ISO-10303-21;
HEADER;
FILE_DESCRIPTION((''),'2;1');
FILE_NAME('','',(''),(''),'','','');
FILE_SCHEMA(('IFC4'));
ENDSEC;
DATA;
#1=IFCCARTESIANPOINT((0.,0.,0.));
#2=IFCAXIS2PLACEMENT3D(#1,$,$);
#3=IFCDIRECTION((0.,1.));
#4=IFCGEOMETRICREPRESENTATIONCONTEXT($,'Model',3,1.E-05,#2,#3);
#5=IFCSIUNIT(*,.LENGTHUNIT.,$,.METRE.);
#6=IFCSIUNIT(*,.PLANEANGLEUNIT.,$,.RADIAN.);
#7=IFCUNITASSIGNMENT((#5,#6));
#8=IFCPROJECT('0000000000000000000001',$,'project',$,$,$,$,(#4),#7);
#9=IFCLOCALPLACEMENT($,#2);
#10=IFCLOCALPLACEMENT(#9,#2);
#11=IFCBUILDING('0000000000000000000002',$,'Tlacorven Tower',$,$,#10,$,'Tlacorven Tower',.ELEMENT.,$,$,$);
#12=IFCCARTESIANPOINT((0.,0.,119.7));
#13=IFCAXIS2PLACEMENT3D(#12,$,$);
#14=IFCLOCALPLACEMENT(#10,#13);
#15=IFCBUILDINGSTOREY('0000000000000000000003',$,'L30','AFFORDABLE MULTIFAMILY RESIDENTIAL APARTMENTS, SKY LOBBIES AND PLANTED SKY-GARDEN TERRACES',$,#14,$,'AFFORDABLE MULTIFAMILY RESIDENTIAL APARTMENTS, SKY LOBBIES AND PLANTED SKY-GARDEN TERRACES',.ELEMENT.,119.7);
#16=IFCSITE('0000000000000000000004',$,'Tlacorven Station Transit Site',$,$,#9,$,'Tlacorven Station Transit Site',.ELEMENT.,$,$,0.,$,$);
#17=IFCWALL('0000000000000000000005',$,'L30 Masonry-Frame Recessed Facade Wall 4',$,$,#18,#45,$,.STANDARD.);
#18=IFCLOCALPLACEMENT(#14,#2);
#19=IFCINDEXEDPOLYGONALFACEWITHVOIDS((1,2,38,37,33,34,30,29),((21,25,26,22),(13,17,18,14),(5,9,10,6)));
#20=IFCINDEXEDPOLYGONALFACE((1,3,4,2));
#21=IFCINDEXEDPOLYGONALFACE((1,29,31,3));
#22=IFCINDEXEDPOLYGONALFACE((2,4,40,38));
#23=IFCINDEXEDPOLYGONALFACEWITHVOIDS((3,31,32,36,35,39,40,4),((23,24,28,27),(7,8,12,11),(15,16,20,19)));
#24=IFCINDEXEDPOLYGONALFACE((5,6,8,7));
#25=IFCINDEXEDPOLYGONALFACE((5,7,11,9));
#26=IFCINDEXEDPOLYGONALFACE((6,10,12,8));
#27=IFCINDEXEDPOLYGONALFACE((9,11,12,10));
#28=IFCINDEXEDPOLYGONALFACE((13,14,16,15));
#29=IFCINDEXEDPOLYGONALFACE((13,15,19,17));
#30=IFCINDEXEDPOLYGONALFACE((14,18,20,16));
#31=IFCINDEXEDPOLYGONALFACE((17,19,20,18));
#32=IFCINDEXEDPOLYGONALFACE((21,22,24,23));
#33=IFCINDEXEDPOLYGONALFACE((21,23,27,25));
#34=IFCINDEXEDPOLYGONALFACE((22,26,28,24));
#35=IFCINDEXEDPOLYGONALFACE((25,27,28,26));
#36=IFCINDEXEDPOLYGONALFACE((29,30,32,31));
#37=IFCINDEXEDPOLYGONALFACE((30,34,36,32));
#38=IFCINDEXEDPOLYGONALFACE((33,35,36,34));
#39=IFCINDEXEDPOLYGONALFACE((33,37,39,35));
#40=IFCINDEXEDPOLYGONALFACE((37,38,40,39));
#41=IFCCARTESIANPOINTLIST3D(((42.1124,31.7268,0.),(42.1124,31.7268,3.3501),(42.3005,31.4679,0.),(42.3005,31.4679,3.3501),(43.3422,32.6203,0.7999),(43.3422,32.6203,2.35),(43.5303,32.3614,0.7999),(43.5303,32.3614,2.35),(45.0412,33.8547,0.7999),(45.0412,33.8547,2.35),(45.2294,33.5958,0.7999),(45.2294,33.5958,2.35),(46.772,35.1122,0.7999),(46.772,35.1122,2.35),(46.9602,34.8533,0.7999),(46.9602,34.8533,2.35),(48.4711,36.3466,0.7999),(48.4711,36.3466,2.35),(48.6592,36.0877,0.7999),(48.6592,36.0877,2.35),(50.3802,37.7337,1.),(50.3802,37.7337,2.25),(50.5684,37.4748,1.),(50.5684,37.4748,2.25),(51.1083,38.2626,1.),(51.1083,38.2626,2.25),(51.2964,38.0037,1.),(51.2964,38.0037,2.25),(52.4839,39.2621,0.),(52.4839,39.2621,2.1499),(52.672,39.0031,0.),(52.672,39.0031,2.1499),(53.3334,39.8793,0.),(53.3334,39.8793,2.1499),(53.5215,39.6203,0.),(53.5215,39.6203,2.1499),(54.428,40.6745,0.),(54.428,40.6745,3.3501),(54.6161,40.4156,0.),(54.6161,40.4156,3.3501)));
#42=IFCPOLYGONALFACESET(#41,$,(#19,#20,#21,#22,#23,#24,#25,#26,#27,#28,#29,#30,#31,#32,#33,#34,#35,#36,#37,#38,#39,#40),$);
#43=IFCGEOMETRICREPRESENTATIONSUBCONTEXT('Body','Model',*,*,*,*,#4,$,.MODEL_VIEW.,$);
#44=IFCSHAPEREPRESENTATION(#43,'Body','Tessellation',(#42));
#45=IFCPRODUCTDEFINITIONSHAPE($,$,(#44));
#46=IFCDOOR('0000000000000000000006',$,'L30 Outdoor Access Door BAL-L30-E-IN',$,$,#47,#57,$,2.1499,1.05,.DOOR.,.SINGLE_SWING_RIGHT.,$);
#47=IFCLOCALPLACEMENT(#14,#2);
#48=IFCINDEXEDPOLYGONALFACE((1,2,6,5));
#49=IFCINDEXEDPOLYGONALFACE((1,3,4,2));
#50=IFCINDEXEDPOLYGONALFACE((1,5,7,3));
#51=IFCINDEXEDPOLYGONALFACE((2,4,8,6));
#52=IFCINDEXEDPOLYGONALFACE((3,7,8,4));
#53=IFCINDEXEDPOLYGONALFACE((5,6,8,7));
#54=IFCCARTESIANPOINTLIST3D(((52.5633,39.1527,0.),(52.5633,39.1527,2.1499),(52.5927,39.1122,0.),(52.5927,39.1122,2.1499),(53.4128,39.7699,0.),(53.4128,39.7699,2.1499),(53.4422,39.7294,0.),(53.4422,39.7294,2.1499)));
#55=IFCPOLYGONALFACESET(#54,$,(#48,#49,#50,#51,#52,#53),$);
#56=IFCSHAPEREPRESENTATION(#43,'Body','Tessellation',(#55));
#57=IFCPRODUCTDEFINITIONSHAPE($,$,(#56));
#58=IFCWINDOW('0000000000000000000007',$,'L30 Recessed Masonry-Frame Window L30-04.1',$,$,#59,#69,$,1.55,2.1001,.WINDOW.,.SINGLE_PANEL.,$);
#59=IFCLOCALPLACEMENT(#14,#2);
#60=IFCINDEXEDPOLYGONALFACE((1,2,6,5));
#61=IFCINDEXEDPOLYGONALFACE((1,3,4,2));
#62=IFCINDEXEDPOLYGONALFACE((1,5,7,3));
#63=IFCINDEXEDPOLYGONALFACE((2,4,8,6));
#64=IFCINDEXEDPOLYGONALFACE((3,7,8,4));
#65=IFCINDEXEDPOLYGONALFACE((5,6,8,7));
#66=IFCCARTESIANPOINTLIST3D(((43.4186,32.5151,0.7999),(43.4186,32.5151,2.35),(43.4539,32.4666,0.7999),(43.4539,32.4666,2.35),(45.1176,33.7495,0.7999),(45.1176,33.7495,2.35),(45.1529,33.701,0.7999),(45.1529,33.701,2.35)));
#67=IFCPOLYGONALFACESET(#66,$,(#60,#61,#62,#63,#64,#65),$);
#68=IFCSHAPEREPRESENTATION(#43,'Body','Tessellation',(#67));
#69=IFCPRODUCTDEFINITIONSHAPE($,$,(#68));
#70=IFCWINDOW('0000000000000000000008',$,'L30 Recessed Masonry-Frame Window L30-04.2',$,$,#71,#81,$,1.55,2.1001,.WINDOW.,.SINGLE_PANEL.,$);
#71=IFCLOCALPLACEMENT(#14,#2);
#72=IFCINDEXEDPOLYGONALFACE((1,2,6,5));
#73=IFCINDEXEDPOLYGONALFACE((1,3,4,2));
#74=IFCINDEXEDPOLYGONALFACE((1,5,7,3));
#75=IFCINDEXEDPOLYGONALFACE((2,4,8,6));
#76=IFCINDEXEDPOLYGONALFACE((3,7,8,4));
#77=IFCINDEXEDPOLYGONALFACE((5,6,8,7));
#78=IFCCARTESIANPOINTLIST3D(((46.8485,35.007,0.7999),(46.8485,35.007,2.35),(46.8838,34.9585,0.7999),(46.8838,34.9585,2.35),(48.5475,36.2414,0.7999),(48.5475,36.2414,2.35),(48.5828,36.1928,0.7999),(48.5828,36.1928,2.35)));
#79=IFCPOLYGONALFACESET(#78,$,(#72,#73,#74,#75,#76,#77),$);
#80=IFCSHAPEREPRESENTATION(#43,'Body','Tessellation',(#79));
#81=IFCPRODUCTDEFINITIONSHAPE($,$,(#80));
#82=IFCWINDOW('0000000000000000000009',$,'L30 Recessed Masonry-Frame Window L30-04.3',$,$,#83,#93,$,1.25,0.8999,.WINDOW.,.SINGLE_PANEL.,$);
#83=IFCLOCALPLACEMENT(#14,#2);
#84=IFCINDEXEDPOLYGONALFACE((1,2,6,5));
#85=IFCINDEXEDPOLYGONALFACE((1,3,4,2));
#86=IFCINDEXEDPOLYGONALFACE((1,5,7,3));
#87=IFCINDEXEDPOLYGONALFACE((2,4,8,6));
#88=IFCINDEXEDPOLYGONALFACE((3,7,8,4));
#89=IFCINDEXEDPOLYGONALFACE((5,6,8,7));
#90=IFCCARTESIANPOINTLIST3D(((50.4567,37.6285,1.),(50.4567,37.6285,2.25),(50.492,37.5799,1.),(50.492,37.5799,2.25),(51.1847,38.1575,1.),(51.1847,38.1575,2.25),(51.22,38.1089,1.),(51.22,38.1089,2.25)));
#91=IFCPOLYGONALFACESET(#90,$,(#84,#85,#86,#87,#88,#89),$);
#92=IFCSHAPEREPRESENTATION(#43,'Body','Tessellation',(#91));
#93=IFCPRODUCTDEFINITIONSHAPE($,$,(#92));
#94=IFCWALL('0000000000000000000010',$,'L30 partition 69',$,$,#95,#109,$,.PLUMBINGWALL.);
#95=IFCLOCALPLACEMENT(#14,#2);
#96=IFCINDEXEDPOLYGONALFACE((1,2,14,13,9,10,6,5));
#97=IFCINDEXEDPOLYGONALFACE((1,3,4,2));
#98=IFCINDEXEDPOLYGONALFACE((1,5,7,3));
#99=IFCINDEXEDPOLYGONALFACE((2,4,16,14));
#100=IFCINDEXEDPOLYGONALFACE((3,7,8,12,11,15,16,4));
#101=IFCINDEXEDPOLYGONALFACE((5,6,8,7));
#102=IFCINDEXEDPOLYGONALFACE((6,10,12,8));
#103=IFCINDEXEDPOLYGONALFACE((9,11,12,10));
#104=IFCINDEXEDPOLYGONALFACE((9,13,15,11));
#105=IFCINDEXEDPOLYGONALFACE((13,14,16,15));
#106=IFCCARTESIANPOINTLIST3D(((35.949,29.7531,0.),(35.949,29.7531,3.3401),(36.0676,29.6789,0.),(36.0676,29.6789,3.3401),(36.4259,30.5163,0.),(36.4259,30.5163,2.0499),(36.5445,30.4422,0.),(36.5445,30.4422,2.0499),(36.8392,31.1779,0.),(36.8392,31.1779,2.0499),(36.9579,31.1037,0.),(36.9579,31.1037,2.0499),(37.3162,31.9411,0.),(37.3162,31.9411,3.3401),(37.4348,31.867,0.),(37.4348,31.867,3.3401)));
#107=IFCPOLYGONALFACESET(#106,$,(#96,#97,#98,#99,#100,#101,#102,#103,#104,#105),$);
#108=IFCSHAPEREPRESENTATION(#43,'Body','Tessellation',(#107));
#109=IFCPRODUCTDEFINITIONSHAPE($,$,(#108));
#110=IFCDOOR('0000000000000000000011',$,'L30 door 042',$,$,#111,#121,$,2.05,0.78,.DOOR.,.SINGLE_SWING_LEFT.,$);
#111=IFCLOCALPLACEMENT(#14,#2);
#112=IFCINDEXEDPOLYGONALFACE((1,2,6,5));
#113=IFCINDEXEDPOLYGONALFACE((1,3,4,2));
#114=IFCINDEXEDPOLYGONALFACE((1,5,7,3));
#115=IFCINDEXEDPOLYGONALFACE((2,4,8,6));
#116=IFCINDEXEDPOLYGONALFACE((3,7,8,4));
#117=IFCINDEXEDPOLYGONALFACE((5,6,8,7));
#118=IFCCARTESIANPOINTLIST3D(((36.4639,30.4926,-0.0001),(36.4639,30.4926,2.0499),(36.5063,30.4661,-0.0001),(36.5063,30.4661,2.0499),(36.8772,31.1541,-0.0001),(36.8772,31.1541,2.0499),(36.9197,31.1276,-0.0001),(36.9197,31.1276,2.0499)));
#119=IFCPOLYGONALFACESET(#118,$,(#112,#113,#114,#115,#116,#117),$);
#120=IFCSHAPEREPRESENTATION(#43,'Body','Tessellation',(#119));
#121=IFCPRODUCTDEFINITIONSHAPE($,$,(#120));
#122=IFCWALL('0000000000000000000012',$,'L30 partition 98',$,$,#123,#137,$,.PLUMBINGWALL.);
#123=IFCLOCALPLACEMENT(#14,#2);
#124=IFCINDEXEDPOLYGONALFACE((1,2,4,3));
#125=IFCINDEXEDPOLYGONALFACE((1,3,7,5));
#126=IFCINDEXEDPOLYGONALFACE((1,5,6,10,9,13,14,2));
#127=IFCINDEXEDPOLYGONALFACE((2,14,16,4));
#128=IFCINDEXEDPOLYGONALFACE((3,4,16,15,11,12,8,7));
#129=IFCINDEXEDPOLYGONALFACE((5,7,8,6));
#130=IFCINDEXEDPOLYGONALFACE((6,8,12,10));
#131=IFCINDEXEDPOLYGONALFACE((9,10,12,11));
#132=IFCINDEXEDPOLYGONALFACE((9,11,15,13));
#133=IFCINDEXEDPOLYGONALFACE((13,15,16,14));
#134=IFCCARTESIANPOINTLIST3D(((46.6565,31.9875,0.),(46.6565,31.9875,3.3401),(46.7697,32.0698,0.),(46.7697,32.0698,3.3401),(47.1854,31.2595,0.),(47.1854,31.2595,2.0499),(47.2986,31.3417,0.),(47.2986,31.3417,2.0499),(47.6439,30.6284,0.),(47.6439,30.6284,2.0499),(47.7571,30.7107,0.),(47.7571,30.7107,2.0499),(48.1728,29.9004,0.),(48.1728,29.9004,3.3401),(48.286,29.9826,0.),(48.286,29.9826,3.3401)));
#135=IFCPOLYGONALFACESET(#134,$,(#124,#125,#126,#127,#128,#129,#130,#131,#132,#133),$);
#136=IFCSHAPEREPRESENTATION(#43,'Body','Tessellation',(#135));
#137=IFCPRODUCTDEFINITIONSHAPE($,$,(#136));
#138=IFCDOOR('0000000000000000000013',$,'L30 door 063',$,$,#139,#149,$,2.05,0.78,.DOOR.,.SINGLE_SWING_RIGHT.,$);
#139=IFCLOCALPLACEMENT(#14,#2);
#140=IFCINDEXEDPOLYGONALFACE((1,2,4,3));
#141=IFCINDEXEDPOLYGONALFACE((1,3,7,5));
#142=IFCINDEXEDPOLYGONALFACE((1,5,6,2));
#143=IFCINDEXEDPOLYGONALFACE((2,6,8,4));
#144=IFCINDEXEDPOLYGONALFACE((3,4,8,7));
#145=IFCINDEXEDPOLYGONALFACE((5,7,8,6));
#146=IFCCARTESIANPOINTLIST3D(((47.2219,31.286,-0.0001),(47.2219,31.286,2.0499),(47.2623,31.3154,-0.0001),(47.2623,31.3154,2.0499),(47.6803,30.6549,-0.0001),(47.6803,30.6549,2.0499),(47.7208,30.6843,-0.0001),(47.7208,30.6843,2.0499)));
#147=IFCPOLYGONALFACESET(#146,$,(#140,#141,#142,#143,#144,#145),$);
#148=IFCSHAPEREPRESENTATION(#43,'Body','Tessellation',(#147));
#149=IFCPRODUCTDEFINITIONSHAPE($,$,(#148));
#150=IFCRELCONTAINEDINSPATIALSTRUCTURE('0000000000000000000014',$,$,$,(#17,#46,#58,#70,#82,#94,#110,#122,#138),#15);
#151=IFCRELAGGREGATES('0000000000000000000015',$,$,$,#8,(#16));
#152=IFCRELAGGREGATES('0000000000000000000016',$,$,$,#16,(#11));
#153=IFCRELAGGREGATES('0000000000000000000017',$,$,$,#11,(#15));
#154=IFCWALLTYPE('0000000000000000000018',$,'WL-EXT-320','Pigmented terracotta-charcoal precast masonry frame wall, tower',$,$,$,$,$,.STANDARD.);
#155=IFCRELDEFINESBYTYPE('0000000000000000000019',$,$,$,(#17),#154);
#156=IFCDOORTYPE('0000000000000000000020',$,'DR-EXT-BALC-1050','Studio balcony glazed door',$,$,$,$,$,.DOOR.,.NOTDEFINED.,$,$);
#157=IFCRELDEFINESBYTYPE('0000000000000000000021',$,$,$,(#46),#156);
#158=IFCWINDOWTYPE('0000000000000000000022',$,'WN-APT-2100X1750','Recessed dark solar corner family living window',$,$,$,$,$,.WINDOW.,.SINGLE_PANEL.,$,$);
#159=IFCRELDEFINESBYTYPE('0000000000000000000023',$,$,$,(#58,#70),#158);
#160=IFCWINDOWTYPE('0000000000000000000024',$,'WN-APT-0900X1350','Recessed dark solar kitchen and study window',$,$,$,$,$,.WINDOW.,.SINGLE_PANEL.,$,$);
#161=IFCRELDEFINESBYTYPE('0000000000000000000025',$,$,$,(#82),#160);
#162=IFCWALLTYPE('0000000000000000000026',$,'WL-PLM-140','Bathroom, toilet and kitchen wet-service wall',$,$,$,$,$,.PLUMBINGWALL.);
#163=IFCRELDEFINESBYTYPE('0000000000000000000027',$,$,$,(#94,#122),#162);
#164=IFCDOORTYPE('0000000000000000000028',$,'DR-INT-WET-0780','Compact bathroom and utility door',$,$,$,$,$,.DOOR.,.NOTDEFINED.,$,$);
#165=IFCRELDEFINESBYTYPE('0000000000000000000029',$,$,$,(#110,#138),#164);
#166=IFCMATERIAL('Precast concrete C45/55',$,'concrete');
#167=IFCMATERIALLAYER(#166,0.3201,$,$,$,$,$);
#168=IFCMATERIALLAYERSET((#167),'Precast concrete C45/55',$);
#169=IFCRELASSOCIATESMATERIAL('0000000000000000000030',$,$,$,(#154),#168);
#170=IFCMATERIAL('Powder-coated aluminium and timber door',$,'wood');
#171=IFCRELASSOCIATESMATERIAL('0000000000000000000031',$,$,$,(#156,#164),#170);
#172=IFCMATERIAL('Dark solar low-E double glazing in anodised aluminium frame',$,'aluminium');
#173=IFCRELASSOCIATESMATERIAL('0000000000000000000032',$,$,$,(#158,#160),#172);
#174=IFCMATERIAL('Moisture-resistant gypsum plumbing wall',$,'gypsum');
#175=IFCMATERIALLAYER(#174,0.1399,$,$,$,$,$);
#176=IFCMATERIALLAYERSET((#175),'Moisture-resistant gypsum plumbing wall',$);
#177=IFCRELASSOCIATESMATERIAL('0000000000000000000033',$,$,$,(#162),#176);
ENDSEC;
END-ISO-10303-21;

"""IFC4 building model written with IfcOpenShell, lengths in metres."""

from ifc_helpers import new_model, si_unit, direction, frame, frame_2d, origin, place, context, subcontext, project, spatial, rectangle, extrude, source, transform, mapped, material, layer, layer_set, type_object, element, fill, save


model = new_model("IFC4")

# Units and contexts
model_context = context("Model", 3, precision=1e-05, world=origin(), true_north=direction((0.0, 1.0)))
body_context = subcontext(model_context, "Body", "Model", "MODEL_VIEW")
ifc_project = project(units=[si_unit("LENGTHUNIT", "METRE"), si_unit("PLANEANGLEUNIT", "RADIAN")], contexts=[model_context])

# Site, building, storey
site_placement = place(None, origin())
site = spatial("IfcSite", under=ifc_project, at=site_placement, Name="Tlacorven Station Transit Site", LongName="Tlacorven Station Transit Site", CompositionType="ELEMENT", RefElevation=0.0)
building_placement = place(site_placement, origin())
building = spatial("IfcBuilding", under=site, at=building_placement, Name="Tlacorven Tower", LongName="Tlacorven Tower", CompositionType="ELEMENT")
storey_placement = place(building_placement, frame((0.0, 0.0, 119.7)))
storey = spatial("IfcBuildingStorey", under=building, at=storey_placement, Name="L30", Description="AFFORDABLE MULTIFAMILY RESIDENTIAL APARTMENTS, SKY LOBBIES AND PLANTED SKY-GARDEN TERRACES", LongName="AFFORDABLE MULTIFAMILY RESIDENTIAL APARTMENTS, SKY LOBBIES AND PLANTED SKY-GARDEN TERRACES", CompositionType="ELEMENT", Elevation=119.7)

# Wall, openings, door, windows
ifc_material_1 = material(Name="Precast concrete C45/55", Category="concrete")
ifc_layer_1 = layer(ifc_material_1, 0.3201)
ifc_layer_set_1 = layer_set([ifc_layer_1], Name="Precast concrete C45/55")
wall_type_1 = type_object("IfcWallType", Name="WL-EXT-320", Description="Pigmented terracotta-charcoal precast masonry frame wall, tower", PredefinedType="STANDARD", material=ifc_layer_set_1)
wall_1_placement = place(storey_placement, frame((42.2065, 31.5974, 0.0), z_axis=(0.0, 0.0, 1.0), x_axis=(0.80902, 0.587781, 0.0)))
wall_1 = element("IfcWall", 1, at=wall_1_placement, inside=storey, type_object=wall_type_1, Name="L30 Masonry-Frame Recessed Facade Wall 4", PredefinedType="STANDARD", context=body_context, shape_type="SweptSolid", body=[
    extrude(rectangle(XDim=15.2229, YDim=0.3201, at=frame_2d((7.6113, 0.0))), origin(), (0.0, 0.0, 1.0), 3.3501),
])
opening_1_placement = place(wall_1_placement, frame((12.8198, 0.0, 0.0)))
opening_1 = element("IfcOpeningElement", 2, at=opening_1_placement, cuts=wall_1, PredefinedType="OPENING", context=body_context, shape_type="SweptSolid", body=[
    extrude(rectangle(XDim=1.05, YDim=2.1499, at=frame_2d((0.5249, 1.075))), frame((0.0, 0.1699, 0.0), z_axis=(0.0, -1.0, 0.0), x_axis=(1.0, 0.0, 0.0)), (0.0, 0.0, 1.0), 0.3401),
])
opening_2_placement = place(wall_1_placement, frame((1.52, 0.0, 0.8)))
opening_2 = element("IfcOpeningElement", 3, at=opening_2_placement, cuts=wall_1, PredefinedType="OPENING", context=body_context, shape_type="SweptSolid", body=[
    extrude(rectangle(XDim=2.1001, YDim=1.55, at=frame_2d((1.05, 0.7749))), frame((0.0, 0.1699, 0.0), z_axis=(0.0, -1.0, 0.0), x_axis=(1.0, 0.0, 0.0)), (0.0, 0.0, 1.0), 0.3401),
])
opening_3_placement = place(wall_1_placement, frame((5.7595, 0.0, 0.8)))
opening_3 = element("IfcOpeningElement", 4, at=opening_3_placement, cuts=wall_1, PredefinedType="OPENING", context=body_context, shape_type="SweptSolid", body=[
    extrude(rectangle(XDim=2.1001, YDim=1.55, at=frame_2d((1.05, 0.7749))), frame((0.0, 0.1699, 0.0), z_axis=(0.0, -1.0, 0.0), x_axis=(1.0, 0.0, 0.0)), (0.0, 0.0, 1.0), 0.3401),
])
opening_4_placement = place(wall_1_placement, frame((10.2195, 0.0, 1.0)))
opening_4 = element("IfcOpeningElement", 5, at=opening_4_placement, cuts=wall_1, PredefinedType="OPENING", context=body_context, shape_type="SweptSolid", body=[
    extrude(rectangle(XDim=0.8999, YDim=1.25, at=frame_2d((0.45, 0.625))), frame((0.0, 0.1699, 0.0), z_axis=(0.0, -1.0, 0.0), x_axis=(1.0, 0.0, 0.0)), (0.0, 0.0, 1.0), 0.3401),
])
ifc_material_2 = material(Name="Powder-coated aluminium and timber door", Category="wood")
door_type_1 = type_object("IfcDoorType", Name="DR-EXT-BALC-1050", Description="Studio balcony glazed door", OperationType="NOTDEFINED", PredefinedType="DOOR", material=ifc_material_2)
shared_shape_1 = source(origin(), body_context, "Body", "SweptSolid", [
    extrude(rectangle(XDim=1.05, YDim=2.1499, at=frame_2d((0.5249, 1.075))), frame((0.0, 0.0249, 0.0), z_axis=(0.0, -1.0, 0.0), x_axis=(1.0, 0.0, 0.0)), (0.0, 0.0, 1.0), 0.05),
])
door_1_placement = place(opening_1_placement, origin())
door_1 = element("IfcDoor", 6, at=door_1_placement, inside=storey, type_object=door_type_1, Name="L30 Outdoor Access Door BAL-L30-E-IN", OperationType="SINGLE_SWING_RIGHT", OverallHeight=2.1499, OverallWidth=1.05, PredefinedType="DOOR", context=body_context, shape_type="MappedRepresentation", body=[
    mapped(shared_shape_1, transform((0.0, 0.0, 0.0), scale=1.0)),
])
fill(opening_1, door_1)
ifc_material_3 = material(Name="Dark solar low-E double glazing in anodised aluminium frame", Category="aluminium")
window_type_1 = type_object("IfcWindowType", Name="WN-APT-2100X1750", Description="Recessed dark solar corner family living window", PartitioningType="SINGLE_PANEL", PredefinedType="WINDOW", material=ifc_material_3)
shared_shape_2 = source(origin(), body_context, "Body", "SweptSolid", [
    extrude(rectangle(XDim=2.1001, YDim=1.55, at=frame_2d((1.05, 0.7749))), frame((0.0, 0.03, 0.0), z_axis=(0.0, -1.0, 0.0), x_axis=(1.0, 0.0, 0.0)), (0.0, 0.0, 1.0), 0.0601),
])
window_1_placement = place(opening_2_placement, origin())
window_1 = element("IfcWindow", 7, at=window_1_placement, inside=storey, type_object=window_type_1, Name="L30 Recessed Masonry-Frame Window L30-04.1", OverallHeight=1.55, OverallWidth=2.1001, PartitioningType="SINGLE_PANEL", PredefinedType="WINDOW", context=body_context, shape_type="MappedRepresentation", body=[
    mapped(shared_shape_2, transform((0.0, 0.0, 0.0), scale=1.0)),
])
fill(opening_2, window_1)
window_2_placement = place(opening_3_placement, origin())
window_2 = element("IfcWindow", 8, at=window_2_placement, inside=storey, type_object=window_type_1, Name="L30 Recessed Masonry-Frame Window L30-04.2", OverallHeight=1.55, OverallWidth=2.1001, PartitioningType="SINGLE_PANEL", PredefinedType="WINDOW", context=body_context, shape_type="MappedRepresentation", body=[
    mapped(shared_shape_2, transform((0.0, 0.0, 0.0), scale=1.0)),
])
fill(opening_3, window_2)
window_type_2 = type_object("IfcWindowType", Name="WN-APT-0900X1350", Description="Recessed dark solar kitchen and study window", PartitioningType="SINGLE_PANEL", PredefinedType="WINDOW", material=ifc_material_3)
shared_shape_3 = source(origin(), body_context, "Body", "SweptSolid", [
    extrude(rectangle(XDim=0.8999, YDim=1.25, at=frame_2d((0.45, 0.625))), frame((0.0, 0.03, 0.0), z_axis=(0.0, -1.0, 0.0), x_axis=(1.0, 0.0, 0.0)), (0.0, 0.0, 1.0), 0.0601),
])
window_3_placement = place(opening_4_placement, origin())
window_3 = element("IfcWindow", 9, at=window_3_placement, inside=storey, type_object=window_type_2, Name="L30 Recessed Masonry-Frame Window L30-04.3", OverallHeight=1.25, OverallWidth=0.8999, PartitioningType="SINGLE_PANEL", PredefinedType="WINDOW", context=body_context, shape_type="MappedRepresentation", body=[
    mapped(shared_shape_3, transform((0.0, 0.0, 0.0), scale=1.0)),
])
fill(opening_4, window_3)

# Walls, openings, doors
ifc_material_4 = material(Name="Moisture-resistant gypsum plumbing wall", Category="gypsum")
ifc_layer_2 = layer(ifc_material_4, 0.1399)
ifc_layer_set_2 = layer_set([ifc_layer_2], Name="Moisture-resistant gypsum plumbing wall")
wall_type_2 = type_object("IfcWallType", Name="WL-PLM-140", Description="Bathroom, toilet and kitchen wet-service wall", PredefinedType="PLUMBINGWALL", material=ifc_layer_set_2)
wall_2_placement = place(storey_placement, frame((37.3755, 31.9041, 0.0), z_axis=(0.0, 0.0, 1.0), x_axis=(-0.529914, -0.848051, 0.0)))
wall_2 = element("IfcWall", 10, at=wall_2_placement, inside=storey, type_object=wall_type_2, Name="L30 partition 69", PredefinedType="PLUMBINGWALL", context=body_context, shape_type="SweptSolid", body=[
    extrude(rectangle(XDim=2.5801, YDim=0.1399, at=frame_2d((1.29, 0.0))), origin(), (0.0, 0.0, 1.0), 3.3401),
])
opening_5_placement = place(wall_2_placement, frame((0.8999, 0.0, 0.0)))
opening_5 = element("IfcOpeningElement", 11, at=opening_5_placement, cuts=wall_2, PredefinedType="OPENING", context=body_context, shape_type="SweptSolid", body=[
    extrude(rectangle(XDim=0.78, YDim=2.05, at=frame_2d((0.3901, 1.0249))), frame((0.0, 0.0801, 0.0), z_axis=(0.0, -1.0, 0.0), x_axis=(1.0, 0.0, 0.0)), (0.0, 0.0, 1.0), 0.1599),
])
door_type_2 = type_object("IfcDoorType", Name="DR-INT-WET-0780", Description="Compact bathroom and utility door", OperationType="NOTDEFINED", PredefinedType="DOOR", material=ifc_material_2)
shared_shape_4 = source(origin(), body_context, "Body", "SweptSolid", [
    extrude(rectangle(XDim=0.78, YDim=2.05, at=frame_2d((0.3901, 1.0249))), frame((0.0, 0.0249, 0.0), z_axis=(0.0, -1.0, 0.0), x_axis=(1.0, 0.0, 0.0)), (0.0, 0.0, 1.0), 0.05),
])
door_2_placement = place(opening_5_placement, origin())
door_2 = element("IfcDoor", 12, at=door_2_placement, inside=storey, type_object=door_type_2, Name="L30 door 042", OperationType="SINGLE_SWING_LEFT", OverallHeight=2.05, OverallWidth=0.78, PredefinedType="DOOR", context=body_context, shape_type="MappedRepresentation", body=[
    mapped(shared_shape_4, transform((0.0, 0.0, 0.0), scale=1.0)),
])
fill(opening_5, door_2)
wall_3_placement = place(storey_placement, frame((48.2295, 29.9414, 0.0), z_axis=(0.0, 0.0, 1.0), x_axis=(-0.587772, 0.809027, 0.0)))
wall_3 = element("IfcWall", 13, at=wall_3_placement, inside=storey, type_object=wall_type_2, Name="L30 partition 98", PredefinedType="PLUMBINGWALL", context=body_context, shape_type="SweptSolid", body=[
    extrude(rectangle(XDim=2.5798, YDim=0.1399, at=frame_2d((1.29, 0.0))), origin(), (0.0, 0.0, 1.0), 3.3401),
])
opening_6_placement = place(wall_3_placement, frame((0.8999, 0.0, 0.0)))
opening_6 = element("IfcOpeningElement", 14, at=opening_6_placement, cuts=wall_3, PredefinedType="OPENING", context=body_context, shape_type="SweptSolid", body=[
    extrude(rectangle(XDim=0.78, YDim=2.05, at=frame_2d((0.3901, 1.0249))), frame((0.0, 0.0801, 0.0), z_axis=(0.0, -1.0, 0.0), x_axis=(1.0, 0.0, 0.0)), (0.0, 0.0, 1.0), 0.1599),
])
door_3_placement = place(opening_6_placement, origin())
door_3 = element("IfcDoor", 15, at=door_3_placement, inside=storey, type_object=door_type_2, Name="L30 door 063", OperationType="SINGLE_SWING_RIGHT", OverallHeight=2.05, OverallWidth=0.78, PredefinedType="DOOR", context=body_context, shape_type="MappedRepresentation", body=[
    mapped(shared_shape_4, transform((0.0, 0.0, 0.0), scale=1.0)),
])
fill(opening_6, door_3)

save(model, "model.ifc")
